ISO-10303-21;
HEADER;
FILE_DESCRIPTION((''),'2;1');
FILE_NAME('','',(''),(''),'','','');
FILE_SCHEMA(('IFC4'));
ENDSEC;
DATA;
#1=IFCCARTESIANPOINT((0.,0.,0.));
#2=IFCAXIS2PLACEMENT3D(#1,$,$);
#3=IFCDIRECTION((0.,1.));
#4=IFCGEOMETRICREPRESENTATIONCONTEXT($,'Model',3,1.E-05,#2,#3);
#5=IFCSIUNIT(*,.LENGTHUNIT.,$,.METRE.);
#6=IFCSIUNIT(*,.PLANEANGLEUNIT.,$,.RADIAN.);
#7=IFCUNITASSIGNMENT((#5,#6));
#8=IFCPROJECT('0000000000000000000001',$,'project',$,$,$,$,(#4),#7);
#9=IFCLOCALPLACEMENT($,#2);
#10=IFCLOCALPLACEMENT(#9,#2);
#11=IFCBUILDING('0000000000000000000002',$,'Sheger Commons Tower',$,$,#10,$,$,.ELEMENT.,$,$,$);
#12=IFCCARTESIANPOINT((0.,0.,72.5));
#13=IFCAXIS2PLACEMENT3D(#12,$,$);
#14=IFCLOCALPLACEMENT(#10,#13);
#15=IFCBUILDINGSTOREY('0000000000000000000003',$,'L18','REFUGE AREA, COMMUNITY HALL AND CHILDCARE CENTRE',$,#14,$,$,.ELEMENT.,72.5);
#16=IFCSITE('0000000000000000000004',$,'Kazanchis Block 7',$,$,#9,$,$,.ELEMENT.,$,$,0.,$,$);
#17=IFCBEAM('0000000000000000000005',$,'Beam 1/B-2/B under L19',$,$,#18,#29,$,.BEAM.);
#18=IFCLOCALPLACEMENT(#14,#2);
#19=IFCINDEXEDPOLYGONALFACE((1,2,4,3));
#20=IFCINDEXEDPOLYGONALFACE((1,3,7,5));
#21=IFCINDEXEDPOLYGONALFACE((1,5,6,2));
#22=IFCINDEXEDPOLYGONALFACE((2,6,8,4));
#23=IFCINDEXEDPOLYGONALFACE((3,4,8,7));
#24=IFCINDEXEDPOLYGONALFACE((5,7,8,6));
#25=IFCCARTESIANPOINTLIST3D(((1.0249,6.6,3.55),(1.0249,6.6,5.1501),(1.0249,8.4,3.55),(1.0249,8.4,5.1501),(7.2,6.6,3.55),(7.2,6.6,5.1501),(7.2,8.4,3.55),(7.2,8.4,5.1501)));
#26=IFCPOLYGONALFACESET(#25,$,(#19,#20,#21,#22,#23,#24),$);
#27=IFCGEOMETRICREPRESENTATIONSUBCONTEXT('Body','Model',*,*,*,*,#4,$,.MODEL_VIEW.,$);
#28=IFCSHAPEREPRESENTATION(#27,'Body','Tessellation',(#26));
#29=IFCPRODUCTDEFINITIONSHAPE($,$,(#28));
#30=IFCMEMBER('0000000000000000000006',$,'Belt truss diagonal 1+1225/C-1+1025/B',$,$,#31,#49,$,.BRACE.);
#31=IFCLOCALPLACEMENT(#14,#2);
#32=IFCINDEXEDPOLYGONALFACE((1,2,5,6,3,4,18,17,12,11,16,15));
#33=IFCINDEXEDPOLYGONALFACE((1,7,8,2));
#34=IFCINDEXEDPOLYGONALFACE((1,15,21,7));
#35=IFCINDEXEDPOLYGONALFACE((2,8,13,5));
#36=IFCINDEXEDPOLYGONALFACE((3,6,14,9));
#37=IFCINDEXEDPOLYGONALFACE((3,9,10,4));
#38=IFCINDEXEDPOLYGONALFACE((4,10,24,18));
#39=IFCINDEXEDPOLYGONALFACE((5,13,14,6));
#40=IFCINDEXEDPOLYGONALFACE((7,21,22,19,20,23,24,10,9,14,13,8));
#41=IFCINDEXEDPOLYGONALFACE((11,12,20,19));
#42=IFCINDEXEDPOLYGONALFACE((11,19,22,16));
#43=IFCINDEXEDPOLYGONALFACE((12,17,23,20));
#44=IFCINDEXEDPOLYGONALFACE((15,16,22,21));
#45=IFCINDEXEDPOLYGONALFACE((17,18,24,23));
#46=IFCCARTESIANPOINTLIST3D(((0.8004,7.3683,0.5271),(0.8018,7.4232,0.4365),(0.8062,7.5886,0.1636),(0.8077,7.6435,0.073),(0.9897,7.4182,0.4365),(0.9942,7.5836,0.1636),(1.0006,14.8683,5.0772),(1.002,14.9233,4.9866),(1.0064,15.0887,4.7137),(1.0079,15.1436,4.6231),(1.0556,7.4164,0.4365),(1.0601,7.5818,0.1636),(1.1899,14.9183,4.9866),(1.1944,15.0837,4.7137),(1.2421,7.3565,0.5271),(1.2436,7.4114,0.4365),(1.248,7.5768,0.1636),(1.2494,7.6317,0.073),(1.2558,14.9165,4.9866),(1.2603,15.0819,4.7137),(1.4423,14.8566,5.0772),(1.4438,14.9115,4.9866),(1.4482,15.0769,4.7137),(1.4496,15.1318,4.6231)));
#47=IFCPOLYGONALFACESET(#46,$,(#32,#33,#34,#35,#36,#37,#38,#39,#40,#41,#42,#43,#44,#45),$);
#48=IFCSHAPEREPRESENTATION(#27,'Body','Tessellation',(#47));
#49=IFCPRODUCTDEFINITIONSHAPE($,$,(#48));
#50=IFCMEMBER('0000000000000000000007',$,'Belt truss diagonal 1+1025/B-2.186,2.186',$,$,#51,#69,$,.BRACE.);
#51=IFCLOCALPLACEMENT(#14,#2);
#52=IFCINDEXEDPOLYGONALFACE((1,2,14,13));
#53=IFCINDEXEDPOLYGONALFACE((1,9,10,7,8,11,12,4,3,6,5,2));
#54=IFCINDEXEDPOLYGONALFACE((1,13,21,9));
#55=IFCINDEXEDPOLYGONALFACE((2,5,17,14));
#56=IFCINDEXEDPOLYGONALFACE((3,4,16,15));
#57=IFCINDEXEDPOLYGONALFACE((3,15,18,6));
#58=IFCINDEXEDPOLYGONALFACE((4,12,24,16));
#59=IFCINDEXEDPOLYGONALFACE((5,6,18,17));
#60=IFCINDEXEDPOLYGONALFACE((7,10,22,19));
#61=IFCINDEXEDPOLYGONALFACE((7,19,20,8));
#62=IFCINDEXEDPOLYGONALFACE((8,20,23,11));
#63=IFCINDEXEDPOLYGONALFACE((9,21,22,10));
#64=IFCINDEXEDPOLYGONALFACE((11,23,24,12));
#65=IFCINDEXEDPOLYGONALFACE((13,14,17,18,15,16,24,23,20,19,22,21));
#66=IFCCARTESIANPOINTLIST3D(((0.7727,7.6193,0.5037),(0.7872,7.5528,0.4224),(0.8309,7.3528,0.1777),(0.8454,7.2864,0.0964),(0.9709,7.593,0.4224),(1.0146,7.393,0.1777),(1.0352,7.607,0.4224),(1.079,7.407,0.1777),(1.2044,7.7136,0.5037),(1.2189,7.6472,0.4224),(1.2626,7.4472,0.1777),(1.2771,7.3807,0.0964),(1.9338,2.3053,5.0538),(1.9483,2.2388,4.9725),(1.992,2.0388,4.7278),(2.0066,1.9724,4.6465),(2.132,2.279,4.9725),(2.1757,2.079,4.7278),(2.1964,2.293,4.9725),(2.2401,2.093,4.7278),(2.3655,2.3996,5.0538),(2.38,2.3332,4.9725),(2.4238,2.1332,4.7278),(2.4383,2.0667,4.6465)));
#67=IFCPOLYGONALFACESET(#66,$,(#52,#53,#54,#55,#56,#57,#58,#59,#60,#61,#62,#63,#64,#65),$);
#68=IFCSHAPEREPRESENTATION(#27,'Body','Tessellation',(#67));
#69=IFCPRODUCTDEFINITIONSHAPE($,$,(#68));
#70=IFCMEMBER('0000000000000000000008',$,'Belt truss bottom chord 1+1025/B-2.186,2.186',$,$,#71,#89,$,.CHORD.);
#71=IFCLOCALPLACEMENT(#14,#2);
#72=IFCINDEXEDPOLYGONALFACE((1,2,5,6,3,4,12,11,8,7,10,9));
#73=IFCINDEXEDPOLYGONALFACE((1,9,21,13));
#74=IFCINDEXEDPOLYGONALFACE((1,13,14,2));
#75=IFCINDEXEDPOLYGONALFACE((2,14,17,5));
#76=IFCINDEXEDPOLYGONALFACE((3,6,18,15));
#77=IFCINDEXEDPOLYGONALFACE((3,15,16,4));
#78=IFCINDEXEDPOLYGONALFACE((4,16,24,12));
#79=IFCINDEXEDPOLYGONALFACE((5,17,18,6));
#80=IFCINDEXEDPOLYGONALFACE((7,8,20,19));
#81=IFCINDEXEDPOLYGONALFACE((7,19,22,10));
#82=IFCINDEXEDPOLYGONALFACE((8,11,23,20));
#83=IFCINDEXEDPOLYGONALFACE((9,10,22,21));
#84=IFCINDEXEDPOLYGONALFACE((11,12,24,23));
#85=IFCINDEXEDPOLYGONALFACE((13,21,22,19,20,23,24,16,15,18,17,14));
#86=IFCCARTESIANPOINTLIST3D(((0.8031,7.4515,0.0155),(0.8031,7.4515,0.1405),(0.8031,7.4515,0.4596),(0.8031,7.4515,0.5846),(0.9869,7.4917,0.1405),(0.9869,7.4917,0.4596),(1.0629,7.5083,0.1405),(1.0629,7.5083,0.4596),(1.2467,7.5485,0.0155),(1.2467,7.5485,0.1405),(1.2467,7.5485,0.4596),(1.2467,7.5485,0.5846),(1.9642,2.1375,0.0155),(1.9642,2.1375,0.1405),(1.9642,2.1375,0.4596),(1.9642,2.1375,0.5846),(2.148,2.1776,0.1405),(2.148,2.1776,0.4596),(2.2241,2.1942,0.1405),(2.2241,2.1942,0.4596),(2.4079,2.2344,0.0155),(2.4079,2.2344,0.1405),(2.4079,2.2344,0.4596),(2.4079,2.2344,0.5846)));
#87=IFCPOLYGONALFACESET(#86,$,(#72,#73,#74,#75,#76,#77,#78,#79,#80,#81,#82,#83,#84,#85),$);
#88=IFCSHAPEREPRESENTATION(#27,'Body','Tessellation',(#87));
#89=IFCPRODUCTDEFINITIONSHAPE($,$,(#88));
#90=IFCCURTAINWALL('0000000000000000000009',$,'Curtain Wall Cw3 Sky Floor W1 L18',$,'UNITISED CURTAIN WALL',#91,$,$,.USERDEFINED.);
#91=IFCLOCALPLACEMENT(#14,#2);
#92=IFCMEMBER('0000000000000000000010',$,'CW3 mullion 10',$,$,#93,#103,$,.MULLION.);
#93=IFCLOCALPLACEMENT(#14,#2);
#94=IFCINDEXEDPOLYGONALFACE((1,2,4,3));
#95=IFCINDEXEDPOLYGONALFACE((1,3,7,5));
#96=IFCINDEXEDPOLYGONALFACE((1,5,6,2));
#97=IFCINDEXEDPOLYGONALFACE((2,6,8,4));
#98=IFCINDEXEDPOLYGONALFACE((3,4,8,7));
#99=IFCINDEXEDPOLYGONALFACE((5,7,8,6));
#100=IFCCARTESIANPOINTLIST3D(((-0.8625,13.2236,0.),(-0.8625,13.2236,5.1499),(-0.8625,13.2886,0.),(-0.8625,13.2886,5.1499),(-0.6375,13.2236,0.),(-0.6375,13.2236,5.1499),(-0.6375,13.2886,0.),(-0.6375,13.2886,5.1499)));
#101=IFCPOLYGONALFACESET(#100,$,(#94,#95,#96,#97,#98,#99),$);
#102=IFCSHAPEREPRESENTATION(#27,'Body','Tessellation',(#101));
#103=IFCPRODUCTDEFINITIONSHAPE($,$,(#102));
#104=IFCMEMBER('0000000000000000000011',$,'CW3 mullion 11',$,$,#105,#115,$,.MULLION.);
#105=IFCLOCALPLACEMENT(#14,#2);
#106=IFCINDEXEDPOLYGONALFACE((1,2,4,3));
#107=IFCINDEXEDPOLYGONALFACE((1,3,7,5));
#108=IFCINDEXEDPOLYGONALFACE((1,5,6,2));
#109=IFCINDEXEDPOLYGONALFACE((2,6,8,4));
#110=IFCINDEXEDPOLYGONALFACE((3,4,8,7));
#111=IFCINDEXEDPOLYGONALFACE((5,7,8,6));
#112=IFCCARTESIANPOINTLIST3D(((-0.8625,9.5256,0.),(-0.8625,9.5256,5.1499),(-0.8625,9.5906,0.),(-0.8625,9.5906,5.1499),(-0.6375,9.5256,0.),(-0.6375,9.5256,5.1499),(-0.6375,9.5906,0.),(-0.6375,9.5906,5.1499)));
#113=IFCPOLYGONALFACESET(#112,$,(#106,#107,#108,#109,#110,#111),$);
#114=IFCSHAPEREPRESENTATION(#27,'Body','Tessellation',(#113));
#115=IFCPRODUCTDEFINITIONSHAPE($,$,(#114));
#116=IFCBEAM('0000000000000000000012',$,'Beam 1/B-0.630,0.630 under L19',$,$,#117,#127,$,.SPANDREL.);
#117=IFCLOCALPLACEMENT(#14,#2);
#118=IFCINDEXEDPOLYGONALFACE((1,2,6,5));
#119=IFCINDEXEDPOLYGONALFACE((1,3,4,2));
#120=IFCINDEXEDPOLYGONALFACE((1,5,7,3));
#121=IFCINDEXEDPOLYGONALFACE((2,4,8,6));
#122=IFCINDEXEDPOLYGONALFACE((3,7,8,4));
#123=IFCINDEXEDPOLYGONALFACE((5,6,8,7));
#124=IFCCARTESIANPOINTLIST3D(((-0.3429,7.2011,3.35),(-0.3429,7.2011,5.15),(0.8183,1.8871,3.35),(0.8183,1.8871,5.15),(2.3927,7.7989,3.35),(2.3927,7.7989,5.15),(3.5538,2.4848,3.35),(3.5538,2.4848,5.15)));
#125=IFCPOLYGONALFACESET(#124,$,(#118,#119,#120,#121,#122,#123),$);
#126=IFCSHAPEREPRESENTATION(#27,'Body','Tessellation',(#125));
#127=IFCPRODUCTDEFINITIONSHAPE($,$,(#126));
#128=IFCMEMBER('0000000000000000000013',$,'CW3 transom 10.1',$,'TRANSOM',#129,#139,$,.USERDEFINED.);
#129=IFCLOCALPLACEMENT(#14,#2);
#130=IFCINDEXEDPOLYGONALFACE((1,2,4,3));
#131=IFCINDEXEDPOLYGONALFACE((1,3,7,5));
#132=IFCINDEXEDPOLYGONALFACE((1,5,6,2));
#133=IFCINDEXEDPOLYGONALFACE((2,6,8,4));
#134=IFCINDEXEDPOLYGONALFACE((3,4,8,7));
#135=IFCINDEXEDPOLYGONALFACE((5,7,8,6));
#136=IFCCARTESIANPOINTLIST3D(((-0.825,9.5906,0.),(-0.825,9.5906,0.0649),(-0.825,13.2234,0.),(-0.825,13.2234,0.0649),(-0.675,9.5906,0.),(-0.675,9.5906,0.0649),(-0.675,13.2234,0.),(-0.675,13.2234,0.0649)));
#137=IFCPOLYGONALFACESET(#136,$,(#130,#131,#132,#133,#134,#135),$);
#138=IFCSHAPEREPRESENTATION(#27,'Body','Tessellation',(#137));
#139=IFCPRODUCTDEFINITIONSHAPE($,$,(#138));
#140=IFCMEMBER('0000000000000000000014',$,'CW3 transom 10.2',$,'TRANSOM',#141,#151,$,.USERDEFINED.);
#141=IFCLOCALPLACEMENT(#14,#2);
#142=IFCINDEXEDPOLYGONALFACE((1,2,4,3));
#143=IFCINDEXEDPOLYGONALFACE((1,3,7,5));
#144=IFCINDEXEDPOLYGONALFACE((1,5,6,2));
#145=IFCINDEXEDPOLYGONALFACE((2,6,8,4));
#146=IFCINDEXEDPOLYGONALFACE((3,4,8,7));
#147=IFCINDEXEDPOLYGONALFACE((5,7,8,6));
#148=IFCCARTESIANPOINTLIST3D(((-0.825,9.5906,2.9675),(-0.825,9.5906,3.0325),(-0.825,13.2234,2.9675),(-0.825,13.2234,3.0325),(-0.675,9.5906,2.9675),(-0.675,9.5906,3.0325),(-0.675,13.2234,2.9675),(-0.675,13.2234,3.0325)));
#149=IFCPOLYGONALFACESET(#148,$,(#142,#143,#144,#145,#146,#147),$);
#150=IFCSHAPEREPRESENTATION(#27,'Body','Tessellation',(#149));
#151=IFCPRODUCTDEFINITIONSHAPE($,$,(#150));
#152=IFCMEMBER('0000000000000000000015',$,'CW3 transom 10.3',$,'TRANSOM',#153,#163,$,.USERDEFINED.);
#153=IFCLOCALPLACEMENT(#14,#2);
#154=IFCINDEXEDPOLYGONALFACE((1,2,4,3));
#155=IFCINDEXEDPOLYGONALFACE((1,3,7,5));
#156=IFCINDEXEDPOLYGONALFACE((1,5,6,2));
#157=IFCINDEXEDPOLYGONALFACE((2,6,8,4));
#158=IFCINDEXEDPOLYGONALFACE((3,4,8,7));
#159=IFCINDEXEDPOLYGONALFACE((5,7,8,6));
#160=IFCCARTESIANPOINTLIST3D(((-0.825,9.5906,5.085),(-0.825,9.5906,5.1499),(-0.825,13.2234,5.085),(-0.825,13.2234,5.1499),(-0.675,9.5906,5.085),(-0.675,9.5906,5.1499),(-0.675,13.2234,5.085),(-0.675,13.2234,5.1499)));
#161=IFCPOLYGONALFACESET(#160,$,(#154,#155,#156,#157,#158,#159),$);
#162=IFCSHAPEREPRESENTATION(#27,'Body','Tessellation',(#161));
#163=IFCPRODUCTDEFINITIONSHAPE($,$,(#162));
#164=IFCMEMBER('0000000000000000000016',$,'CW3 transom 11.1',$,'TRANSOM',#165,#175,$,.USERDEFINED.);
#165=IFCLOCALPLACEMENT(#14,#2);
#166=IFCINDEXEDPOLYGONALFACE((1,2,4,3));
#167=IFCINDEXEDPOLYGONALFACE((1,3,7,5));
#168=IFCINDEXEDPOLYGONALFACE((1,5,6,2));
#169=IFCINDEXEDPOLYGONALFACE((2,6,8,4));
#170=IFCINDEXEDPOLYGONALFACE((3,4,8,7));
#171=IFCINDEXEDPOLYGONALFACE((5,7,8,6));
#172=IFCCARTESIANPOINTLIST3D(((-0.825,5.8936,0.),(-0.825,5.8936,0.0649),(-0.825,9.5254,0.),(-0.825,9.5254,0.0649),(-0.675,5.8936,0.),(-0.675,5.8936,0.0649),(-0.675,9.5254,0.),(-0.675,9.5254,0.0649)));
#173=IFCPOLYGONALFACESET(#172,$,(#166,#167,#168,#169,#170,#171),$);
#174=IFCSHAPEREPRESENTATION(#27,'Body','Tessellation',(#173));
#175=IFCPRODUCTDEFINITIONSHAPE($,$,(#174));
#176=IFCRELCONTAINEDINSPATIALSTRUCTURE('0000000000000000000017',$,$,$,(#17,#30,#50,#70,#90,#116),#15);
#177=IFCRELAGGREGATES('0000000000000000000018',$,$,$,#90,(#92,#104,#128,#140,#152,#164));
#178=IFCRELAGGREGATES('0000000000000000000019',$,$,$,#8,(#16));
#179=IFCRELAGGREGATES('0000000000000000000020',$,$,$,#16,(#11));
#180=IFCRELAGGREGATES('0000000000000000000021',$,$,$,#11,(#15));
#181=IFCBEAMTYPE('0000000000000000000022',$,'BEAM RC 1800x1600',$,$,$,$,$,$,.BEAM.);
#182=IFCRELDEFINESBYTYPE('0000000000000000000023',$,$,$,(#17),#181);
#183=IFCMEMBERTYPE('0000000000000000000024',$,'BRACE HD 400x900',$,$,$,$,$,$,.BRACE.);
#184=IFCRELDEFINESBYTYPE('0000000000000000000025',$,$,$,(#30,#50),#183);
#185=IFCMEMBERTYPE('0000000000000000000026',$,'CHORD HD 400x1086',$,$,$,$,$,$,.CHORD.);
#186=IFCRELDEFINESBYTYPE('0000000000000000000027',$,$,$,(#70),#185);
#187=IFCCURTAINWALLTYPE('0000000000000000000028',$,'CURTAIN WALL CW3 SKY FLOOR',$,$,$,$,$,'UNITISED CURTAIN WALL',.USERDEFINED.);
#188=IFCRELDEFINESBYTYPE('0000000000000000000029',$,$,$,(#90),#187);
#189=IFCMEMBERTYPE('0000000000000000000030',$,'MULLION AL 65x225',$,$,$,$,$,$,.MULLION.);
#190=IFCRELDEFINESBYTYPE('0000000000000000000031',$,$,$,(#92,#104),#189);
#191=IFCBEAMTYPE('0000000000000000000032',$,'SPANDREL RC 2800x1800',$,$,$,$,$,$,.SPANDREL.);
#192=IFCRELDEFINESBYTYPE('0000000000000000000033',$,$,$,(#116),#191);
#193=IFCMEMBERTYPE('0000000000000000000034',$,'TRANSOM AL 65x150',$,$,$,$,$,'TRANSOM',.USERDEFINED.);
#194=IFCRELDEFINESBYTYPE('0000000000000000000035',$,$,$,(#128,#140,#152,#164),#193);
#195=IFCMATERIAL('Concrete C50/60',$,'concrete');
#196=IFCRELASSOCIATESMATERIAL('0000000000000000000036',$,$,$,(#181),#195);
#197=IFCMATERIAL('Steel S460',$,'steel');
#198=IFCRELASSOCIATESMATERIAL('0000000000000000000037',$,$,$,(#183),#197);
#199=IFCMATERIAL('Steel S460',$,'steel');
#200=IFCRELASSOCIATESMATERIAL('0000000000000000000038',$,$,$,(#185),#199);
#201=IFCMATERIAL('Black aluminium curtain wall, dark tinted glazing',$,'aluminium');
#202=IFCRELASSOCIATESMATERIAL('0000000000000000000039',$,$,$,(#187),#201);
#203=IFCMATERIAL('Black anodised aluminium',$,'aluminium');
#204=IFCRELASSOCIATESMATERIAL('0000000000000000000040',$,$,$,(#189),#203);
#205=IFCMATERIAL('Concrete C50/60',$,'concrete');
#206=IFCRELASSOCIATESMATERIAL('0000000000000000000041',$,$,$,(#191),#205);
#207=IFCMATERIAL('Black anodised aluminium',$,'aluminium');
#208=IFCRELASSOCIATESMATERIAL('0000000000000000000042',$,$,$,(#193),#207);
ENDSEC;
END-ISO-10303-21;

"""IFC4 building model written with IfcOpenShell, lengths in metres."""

from ifc_helpers import new_model, si_unit, direction, frame, origin, origin_2d, place, context, subcontext, project, spatial, rectangle, i_section, extrude, material, material_profile, profile_set, type_object, element, aggregate, save


model = new_model("IFC4")

# Units and contexts
model_context = context("Model", 3, precision=1e-05, world=origin(), true_north=direction((0.0, 1.0)))
body_context = subcontext(model_context, "Body", "Model", "MODEL_VIEW")
ifc_project = project(units=[si_unit("LENGTHUNIT", "METRE"), si_unit("PLANEANGLEUNIT", "RADIAN")], contexts=[model_context])

# Site, building, storey
site_placement = place(None, origin())
site = spatial("IfcSite", under=ifc_project, at=site_placement, Name="Kazanchis Block 7", CompositionType="ELEMENT", RefElevation=0.0)
building_placement = place(site_placement, origin())
building = spatial("IfcBuilding", under=site, at=building_placement, Name="Sheger Commons Tower", CompositionType="ELEMENT")
storey_placement = place(building_placement, frame((0.0, 0.0, 72.5)))
storey = spatial("IfcBuildingStorey", under=building, at=storey_placement, Name="L18", Description="REFUGE AREA, COMMUNITY HALL AND CHILDCARE CENTRE", CompositionType="ELEMENT", Elevation=72.5)

# Beam
ifc_material_1 = material(Name="Concrete C50/60", Category="concrete")
ifc_material_profile_1 = material_profile(ifc_material_1, rectangle(XDim=1.8, YDim=1.6001, at=origin_2d()), Name="RC 1800x1600")
ifc_profile_set_1 = profile_set([ifc_material_profile_1], Name="Concrete C50/60")
beam_type_1 = type_object("IfcBeamType", Name="BEAM RC 1800x1600", PredefinedType="BEAM", material=ifc_profile_set_1)
beam_1_placement = place(storey_placement, frame((1.0249, 7.5, 4.3501), z_axis=(1.0, 0.0, 0.0), x_axis=(0.0, 1.0, 0.0)))
element("IfcBeam", 1, at=beam_1_placement, inside=storey, type_object=beam_type_1, Name="Beam 1/B-2/B under L19", PredefinedType="BEAM", context=body_context, shape_type="SweptSolid", body=[
    extrude(rectangle(XDim=1.8, YDim=1.6001, at=origin_2d()), origin(), (0.0, 0.0, 1.0), 6.175),
])

# Members
ifc_material_2 = material(Name="Steel S460", Category="steel")
ifc_material_profile_2 = material_profile(ifc_material_2, i_section(OverallWidth=0.4419, OverallDepth=0.531, WebThickness=0.0659, FlangeThickness=0.106, at=origin_2d()), Name="HD 400x900")
ifc_profile_set_2 = profile_set([ifc_material_profile_2], Name="Steel S460")
member_type_1 = type_object("IfcMemberType", Name="BRACE HD 400x900", PredefinedType="BRACE", material=ifc_profile_set_2)
member_1_placement = place(storey_placement, frame((1.0249, 7.5, 0.3), z_axis=(0.022815, 0.854743, 0.51855), x_axis=(-0.999644, 0.026683, 0.0)))
element("IfcMember", 2, at=member_1_placement, inside=storey, type_object=member_type_1, Name="Belt truss diagonal 1+1225/C-1+1025/B", PredefinedType="BRACE", context=body_context, shape_type="SweptSolid", body=[
    extrude(i_section(OverallWidth=0.4419, OverallDepth=0.531, WebThickness=0.0659, FlangeThickness=0.106, at=origin_2d()), origin(), (0.0, 0.0, 1.0), 8.7747),
])
member_2_placement = place(storey_placement, frame((1.0249, 7.5, 0.3), z_axis=(0.163736, -0.749343, 0.64162), x_axis=(0.97695, 0.213469, 0.0)))
element("IfcMember", 3, at=member_2_placement, inside=storey, type_object=member_type_1, Name="Belt truss diagonal 1+1025/B-2.186,2.186", PredefinedType="BRACE", context=body_context, shape_type="SweptSolid", body=[
    extrude(i_section(OverallWidth=0.4419, OverallDepth=0.531, WebThickness=0.0659, FlangeThickness=0.106, at=origin_2d()), origin(), (0.0, 0.0, 1.0), 7.0916),
])
ifc_material_3 = material(Name="Steel S460", Category="steel")
ifc_material_profile_3 = material_profile(ifc_material_3, i_section(OverallWidth=0.4541, OverallDepth=0.5691, WebThickness=0.0779, FlangeThickness=0.125, at=origin_2d()), Name="HD 400x1086")
ifc_profile_set_3 = profile_set([ifc_material_profile_3], Name="Steel S460")
member_type_2 = type_object("IfcMemberType", Name="CHORD HD 400x1086", PredefinedType="CHORD", material=ifc_profile_set_3)
member_3_placement = place(storey_placement, frame((1.0249, 7.5, 0.3), z_axis=(0.213469, -0.97695, 0.0), x_axis=(0.97695, 0.213469, 0.0)))
element("IfcMember", 4, at=member_3_placement, inside=storey, type_object=member_type_2, Name="Belt truss bottom chord 1+1025/B-2.186,2.186", PredefinedType="CHORD", context=body_context, shape_type="SweptSolid", body=[
    extrude(i_section(OverallWidth=0.4541, OverallDepth=0.5691, WebThickness=0.0779, FlangeThickness=0.125, at=origin_2d()), origin(), (0.0, 0.0, 1.0), 5.4395),
])

# Curtain wall, members
ifc_material_4 = material(Name="Black aluminium curtain wall, dark tinted glazing", Category="aluminium")
curtain_wall_type = type_object("IfcCurtainWallType", Name="CURTAIN WALL CW3 SKY FLOOR", ElementType="UNITISED CURTAIN WALL", PredefinedType="USERDEFINED", material=ifc_material_4)
curtain_wall_placement = place(storey_placement, origin())
curtain_wall = element("IfcCurtainWall", 5, at=curtain_wall_placement, inside=storey, type_object=curtain_wall_type, Name="Curtain Wall Cw3 Sky Floor W1 L18", ObjectType="UNITISED CURTAIN WALL", PredefinedType="USERDEFINED")
ifc_material_5 = material(Name="Black anodised aluminium", Category="aluminium")
ifc_material_profile_4 = material_profile(ifc_material_5, rectangle(XDim=0.2251, YDim=0.0649, at=origin_2d()), Name="AL 65x225")
ifc_profile_set_4 = profile_set([ifc_material_profile_4], Name="Black anodised aluminium")
member_type_3 = type_object("IfcMemberType", Name="MULLION AL 65x225", PredefinedType="MULLION", material=ifc_profile_set_4)
member_4_placement = place(storey_placement, frame((-0.75, 13.2561, 0.0), z_axis=(0.0, 0.0, 1.0), x_axis=(1.0, 0.0, 0.0)))
member_4 = element("IfcMember", 6, at=member_4_placement, type_object=member_type_3, Name="CW3 mullion 10", PredefinedType="MULLION", context=body_context, shape_type="SweptSolid", body=[
    extrude(rectangle(XDim=0.2251, YDim=0.0649, at=origin_2d()), origin(), (0.0, 0.0, 1.0), 5.1499),
])
member_5_placement = place(storey_placement, frame((-0.75, 9.5581, 0.0), z_axis=(0.0, 0.0, 1.0), x_axis=(1.0, 0.0, 0.0)))
member_5 = element("IfcMember", 7, at=member_5_placement, type_object=member_type_3, Name="CW3 mullion 11", PredefinedType="MULLION", context=body_context, shape_type="SweptSolid", body=[
    extrude(rectangle(XDim=0.2251, YDim=0.0649, at=origin_2d()), origin(), (0.0, 0.0, 1.0), 5.1499),
])

# Beam
ifc_material_6 = material(Name="Concrete C50/60", Category="concrete")
ifc_material_profile_5 = material_profile(ifc_material_6, rectangle(XDim=2.8, YDim=1.8, at=origin_2d()), Name="RC 2800x1800")
ifc_profile_set_5 = profile_set([ifc_material_profile_5], Name="Concrete C50/60")
beam_type_2 = type_object("IfcBeamType", Name="SPANDREL RC 2800x1800", PredefinedType="SPANDREL", material=ifc_profile_set_5)
beam_2_placement = place(storey_placement, frame((1.0249, 7.5, 4.25), z_axis=(0.213469, -0.97695, 0.0), x_axis=(0.97695, 0.213469, 0.0)))
element("IfcBeam", 8, at=beam_2_placement, inside=storey, type_object=beam_type_2, Name="Beam 1/B-0.630,0.630 under L19", PredefinedType="SPANDREL", context=body_context, shape_type="SweptSolid", body=[
    extrude(rectangle(XDim=2.8, YDim=1.8, at=origin_2d()), origin(), (0.0, 0.0, 1.0), 5.4395),
])

# Members
ifc_material_7 = material(Name="Black anodised aluminium", Category="aluminium")
ifc_material_profile_6 = material_profile(ifc_material_7, rectangle(XDim=0.1499, YDim=0.0649, at=origin_2d()), Name="AL 65x150")
ifc_profile_set_6 = profile_set([ifc_material_profile_6], Name="Black anodised aluminium")
member_type_4 = type_object("IfcMemberType", Name="TRANSOM AL 65x150", ElementType="TRANSOM", PredefinedType="USERDEFINED", material=ifc_profile_set_6)
member_6_placement = place(storey_placement, frame((-0.75, 13.2234, 0.0325), z_axis=(0.0, -1.0, 0.0), x_axis=(1.0, 0.0, 0.0)))
member_6 = element("IfcMember", 9, at=member_6_placement, type_object=member_type_4, Name="CW3 transom 10.1", ObjectType="TRANSOM", PredefinedType="USERDEFINED", context=body_context, shape_type="SweptSolid", body=[
    extrude(rectangle(XDim=0.1499, YDim=0.0649, at=origin_2d()), origin(), (0.0, 0.0, 1.0), 3.6328),
])
member_7_placement = place(storey_placement, frame((-0.75, 13.2234, 3.0), z_axis=(0.0, -1.0, 0.0), x_axis=(1.0, 0.0, 0.0)))
member_7 = element("IfcMember", 10, at=member_7_placement, type_object=member_type_4, Name="CW3 transom 10.2", ObjectType="TRANSOM", PredefinedType="USERDEFINED", context=body_context, shape_type="SweptSolid", body=[
    extrude(rectangle(XDim=0.1499, YDim=0.0649, at=origin_2d()), origin(), (0.0, 0.0, 1.0), 3.6328),
])
member_8_placement = place(storey_placement, frame((-0.75, 13.2234, 5.1174), z_axis=(0.0, -1.0, 0.0), x_axis=(1.0, 0.0, 0.0)))
member_8 = element("IfcMember", 11, at=member_8_placement, type_object=member_type_4, Name="CW3 transom 10.3", ObjectType="TRANSOM", PredefinedType="USERDEFINED", context=body_context, shape_type="SweptSolid", body=[
    extrude(rectangle(XDim=0.1499, YDim=0.0649, at=origin_2d()), origin(), (0.0, 0.0, 1.0), 3.6328),
])
member_9_placement = place(storey_placement, frame((-0.75, 9.5254, 0.0325), z_axis=(0.0, -1.0, 0.0), x_axis=(1.0, 0.0, 0.0)))
member_9 = element("IfcMember", 12, at=member_9_placement, type_object=member_type_4, Name="CW3 transom 11.1", ObjectType="TRANSOM", PredefinedType="USERDEFINED", context=body_context, shape_type="SweptSolid", body=[
    extrude(rectangle(XDim=0.1499, YDim=0.0649, at=origin_2d()), origin(), (0.0, 0.0, 1.0), 3.6318),
])

aggregate(curtain_wall, [member_4, member_5, member_6, member_7, member_8, member_9])

save(model, "model.ifc")
